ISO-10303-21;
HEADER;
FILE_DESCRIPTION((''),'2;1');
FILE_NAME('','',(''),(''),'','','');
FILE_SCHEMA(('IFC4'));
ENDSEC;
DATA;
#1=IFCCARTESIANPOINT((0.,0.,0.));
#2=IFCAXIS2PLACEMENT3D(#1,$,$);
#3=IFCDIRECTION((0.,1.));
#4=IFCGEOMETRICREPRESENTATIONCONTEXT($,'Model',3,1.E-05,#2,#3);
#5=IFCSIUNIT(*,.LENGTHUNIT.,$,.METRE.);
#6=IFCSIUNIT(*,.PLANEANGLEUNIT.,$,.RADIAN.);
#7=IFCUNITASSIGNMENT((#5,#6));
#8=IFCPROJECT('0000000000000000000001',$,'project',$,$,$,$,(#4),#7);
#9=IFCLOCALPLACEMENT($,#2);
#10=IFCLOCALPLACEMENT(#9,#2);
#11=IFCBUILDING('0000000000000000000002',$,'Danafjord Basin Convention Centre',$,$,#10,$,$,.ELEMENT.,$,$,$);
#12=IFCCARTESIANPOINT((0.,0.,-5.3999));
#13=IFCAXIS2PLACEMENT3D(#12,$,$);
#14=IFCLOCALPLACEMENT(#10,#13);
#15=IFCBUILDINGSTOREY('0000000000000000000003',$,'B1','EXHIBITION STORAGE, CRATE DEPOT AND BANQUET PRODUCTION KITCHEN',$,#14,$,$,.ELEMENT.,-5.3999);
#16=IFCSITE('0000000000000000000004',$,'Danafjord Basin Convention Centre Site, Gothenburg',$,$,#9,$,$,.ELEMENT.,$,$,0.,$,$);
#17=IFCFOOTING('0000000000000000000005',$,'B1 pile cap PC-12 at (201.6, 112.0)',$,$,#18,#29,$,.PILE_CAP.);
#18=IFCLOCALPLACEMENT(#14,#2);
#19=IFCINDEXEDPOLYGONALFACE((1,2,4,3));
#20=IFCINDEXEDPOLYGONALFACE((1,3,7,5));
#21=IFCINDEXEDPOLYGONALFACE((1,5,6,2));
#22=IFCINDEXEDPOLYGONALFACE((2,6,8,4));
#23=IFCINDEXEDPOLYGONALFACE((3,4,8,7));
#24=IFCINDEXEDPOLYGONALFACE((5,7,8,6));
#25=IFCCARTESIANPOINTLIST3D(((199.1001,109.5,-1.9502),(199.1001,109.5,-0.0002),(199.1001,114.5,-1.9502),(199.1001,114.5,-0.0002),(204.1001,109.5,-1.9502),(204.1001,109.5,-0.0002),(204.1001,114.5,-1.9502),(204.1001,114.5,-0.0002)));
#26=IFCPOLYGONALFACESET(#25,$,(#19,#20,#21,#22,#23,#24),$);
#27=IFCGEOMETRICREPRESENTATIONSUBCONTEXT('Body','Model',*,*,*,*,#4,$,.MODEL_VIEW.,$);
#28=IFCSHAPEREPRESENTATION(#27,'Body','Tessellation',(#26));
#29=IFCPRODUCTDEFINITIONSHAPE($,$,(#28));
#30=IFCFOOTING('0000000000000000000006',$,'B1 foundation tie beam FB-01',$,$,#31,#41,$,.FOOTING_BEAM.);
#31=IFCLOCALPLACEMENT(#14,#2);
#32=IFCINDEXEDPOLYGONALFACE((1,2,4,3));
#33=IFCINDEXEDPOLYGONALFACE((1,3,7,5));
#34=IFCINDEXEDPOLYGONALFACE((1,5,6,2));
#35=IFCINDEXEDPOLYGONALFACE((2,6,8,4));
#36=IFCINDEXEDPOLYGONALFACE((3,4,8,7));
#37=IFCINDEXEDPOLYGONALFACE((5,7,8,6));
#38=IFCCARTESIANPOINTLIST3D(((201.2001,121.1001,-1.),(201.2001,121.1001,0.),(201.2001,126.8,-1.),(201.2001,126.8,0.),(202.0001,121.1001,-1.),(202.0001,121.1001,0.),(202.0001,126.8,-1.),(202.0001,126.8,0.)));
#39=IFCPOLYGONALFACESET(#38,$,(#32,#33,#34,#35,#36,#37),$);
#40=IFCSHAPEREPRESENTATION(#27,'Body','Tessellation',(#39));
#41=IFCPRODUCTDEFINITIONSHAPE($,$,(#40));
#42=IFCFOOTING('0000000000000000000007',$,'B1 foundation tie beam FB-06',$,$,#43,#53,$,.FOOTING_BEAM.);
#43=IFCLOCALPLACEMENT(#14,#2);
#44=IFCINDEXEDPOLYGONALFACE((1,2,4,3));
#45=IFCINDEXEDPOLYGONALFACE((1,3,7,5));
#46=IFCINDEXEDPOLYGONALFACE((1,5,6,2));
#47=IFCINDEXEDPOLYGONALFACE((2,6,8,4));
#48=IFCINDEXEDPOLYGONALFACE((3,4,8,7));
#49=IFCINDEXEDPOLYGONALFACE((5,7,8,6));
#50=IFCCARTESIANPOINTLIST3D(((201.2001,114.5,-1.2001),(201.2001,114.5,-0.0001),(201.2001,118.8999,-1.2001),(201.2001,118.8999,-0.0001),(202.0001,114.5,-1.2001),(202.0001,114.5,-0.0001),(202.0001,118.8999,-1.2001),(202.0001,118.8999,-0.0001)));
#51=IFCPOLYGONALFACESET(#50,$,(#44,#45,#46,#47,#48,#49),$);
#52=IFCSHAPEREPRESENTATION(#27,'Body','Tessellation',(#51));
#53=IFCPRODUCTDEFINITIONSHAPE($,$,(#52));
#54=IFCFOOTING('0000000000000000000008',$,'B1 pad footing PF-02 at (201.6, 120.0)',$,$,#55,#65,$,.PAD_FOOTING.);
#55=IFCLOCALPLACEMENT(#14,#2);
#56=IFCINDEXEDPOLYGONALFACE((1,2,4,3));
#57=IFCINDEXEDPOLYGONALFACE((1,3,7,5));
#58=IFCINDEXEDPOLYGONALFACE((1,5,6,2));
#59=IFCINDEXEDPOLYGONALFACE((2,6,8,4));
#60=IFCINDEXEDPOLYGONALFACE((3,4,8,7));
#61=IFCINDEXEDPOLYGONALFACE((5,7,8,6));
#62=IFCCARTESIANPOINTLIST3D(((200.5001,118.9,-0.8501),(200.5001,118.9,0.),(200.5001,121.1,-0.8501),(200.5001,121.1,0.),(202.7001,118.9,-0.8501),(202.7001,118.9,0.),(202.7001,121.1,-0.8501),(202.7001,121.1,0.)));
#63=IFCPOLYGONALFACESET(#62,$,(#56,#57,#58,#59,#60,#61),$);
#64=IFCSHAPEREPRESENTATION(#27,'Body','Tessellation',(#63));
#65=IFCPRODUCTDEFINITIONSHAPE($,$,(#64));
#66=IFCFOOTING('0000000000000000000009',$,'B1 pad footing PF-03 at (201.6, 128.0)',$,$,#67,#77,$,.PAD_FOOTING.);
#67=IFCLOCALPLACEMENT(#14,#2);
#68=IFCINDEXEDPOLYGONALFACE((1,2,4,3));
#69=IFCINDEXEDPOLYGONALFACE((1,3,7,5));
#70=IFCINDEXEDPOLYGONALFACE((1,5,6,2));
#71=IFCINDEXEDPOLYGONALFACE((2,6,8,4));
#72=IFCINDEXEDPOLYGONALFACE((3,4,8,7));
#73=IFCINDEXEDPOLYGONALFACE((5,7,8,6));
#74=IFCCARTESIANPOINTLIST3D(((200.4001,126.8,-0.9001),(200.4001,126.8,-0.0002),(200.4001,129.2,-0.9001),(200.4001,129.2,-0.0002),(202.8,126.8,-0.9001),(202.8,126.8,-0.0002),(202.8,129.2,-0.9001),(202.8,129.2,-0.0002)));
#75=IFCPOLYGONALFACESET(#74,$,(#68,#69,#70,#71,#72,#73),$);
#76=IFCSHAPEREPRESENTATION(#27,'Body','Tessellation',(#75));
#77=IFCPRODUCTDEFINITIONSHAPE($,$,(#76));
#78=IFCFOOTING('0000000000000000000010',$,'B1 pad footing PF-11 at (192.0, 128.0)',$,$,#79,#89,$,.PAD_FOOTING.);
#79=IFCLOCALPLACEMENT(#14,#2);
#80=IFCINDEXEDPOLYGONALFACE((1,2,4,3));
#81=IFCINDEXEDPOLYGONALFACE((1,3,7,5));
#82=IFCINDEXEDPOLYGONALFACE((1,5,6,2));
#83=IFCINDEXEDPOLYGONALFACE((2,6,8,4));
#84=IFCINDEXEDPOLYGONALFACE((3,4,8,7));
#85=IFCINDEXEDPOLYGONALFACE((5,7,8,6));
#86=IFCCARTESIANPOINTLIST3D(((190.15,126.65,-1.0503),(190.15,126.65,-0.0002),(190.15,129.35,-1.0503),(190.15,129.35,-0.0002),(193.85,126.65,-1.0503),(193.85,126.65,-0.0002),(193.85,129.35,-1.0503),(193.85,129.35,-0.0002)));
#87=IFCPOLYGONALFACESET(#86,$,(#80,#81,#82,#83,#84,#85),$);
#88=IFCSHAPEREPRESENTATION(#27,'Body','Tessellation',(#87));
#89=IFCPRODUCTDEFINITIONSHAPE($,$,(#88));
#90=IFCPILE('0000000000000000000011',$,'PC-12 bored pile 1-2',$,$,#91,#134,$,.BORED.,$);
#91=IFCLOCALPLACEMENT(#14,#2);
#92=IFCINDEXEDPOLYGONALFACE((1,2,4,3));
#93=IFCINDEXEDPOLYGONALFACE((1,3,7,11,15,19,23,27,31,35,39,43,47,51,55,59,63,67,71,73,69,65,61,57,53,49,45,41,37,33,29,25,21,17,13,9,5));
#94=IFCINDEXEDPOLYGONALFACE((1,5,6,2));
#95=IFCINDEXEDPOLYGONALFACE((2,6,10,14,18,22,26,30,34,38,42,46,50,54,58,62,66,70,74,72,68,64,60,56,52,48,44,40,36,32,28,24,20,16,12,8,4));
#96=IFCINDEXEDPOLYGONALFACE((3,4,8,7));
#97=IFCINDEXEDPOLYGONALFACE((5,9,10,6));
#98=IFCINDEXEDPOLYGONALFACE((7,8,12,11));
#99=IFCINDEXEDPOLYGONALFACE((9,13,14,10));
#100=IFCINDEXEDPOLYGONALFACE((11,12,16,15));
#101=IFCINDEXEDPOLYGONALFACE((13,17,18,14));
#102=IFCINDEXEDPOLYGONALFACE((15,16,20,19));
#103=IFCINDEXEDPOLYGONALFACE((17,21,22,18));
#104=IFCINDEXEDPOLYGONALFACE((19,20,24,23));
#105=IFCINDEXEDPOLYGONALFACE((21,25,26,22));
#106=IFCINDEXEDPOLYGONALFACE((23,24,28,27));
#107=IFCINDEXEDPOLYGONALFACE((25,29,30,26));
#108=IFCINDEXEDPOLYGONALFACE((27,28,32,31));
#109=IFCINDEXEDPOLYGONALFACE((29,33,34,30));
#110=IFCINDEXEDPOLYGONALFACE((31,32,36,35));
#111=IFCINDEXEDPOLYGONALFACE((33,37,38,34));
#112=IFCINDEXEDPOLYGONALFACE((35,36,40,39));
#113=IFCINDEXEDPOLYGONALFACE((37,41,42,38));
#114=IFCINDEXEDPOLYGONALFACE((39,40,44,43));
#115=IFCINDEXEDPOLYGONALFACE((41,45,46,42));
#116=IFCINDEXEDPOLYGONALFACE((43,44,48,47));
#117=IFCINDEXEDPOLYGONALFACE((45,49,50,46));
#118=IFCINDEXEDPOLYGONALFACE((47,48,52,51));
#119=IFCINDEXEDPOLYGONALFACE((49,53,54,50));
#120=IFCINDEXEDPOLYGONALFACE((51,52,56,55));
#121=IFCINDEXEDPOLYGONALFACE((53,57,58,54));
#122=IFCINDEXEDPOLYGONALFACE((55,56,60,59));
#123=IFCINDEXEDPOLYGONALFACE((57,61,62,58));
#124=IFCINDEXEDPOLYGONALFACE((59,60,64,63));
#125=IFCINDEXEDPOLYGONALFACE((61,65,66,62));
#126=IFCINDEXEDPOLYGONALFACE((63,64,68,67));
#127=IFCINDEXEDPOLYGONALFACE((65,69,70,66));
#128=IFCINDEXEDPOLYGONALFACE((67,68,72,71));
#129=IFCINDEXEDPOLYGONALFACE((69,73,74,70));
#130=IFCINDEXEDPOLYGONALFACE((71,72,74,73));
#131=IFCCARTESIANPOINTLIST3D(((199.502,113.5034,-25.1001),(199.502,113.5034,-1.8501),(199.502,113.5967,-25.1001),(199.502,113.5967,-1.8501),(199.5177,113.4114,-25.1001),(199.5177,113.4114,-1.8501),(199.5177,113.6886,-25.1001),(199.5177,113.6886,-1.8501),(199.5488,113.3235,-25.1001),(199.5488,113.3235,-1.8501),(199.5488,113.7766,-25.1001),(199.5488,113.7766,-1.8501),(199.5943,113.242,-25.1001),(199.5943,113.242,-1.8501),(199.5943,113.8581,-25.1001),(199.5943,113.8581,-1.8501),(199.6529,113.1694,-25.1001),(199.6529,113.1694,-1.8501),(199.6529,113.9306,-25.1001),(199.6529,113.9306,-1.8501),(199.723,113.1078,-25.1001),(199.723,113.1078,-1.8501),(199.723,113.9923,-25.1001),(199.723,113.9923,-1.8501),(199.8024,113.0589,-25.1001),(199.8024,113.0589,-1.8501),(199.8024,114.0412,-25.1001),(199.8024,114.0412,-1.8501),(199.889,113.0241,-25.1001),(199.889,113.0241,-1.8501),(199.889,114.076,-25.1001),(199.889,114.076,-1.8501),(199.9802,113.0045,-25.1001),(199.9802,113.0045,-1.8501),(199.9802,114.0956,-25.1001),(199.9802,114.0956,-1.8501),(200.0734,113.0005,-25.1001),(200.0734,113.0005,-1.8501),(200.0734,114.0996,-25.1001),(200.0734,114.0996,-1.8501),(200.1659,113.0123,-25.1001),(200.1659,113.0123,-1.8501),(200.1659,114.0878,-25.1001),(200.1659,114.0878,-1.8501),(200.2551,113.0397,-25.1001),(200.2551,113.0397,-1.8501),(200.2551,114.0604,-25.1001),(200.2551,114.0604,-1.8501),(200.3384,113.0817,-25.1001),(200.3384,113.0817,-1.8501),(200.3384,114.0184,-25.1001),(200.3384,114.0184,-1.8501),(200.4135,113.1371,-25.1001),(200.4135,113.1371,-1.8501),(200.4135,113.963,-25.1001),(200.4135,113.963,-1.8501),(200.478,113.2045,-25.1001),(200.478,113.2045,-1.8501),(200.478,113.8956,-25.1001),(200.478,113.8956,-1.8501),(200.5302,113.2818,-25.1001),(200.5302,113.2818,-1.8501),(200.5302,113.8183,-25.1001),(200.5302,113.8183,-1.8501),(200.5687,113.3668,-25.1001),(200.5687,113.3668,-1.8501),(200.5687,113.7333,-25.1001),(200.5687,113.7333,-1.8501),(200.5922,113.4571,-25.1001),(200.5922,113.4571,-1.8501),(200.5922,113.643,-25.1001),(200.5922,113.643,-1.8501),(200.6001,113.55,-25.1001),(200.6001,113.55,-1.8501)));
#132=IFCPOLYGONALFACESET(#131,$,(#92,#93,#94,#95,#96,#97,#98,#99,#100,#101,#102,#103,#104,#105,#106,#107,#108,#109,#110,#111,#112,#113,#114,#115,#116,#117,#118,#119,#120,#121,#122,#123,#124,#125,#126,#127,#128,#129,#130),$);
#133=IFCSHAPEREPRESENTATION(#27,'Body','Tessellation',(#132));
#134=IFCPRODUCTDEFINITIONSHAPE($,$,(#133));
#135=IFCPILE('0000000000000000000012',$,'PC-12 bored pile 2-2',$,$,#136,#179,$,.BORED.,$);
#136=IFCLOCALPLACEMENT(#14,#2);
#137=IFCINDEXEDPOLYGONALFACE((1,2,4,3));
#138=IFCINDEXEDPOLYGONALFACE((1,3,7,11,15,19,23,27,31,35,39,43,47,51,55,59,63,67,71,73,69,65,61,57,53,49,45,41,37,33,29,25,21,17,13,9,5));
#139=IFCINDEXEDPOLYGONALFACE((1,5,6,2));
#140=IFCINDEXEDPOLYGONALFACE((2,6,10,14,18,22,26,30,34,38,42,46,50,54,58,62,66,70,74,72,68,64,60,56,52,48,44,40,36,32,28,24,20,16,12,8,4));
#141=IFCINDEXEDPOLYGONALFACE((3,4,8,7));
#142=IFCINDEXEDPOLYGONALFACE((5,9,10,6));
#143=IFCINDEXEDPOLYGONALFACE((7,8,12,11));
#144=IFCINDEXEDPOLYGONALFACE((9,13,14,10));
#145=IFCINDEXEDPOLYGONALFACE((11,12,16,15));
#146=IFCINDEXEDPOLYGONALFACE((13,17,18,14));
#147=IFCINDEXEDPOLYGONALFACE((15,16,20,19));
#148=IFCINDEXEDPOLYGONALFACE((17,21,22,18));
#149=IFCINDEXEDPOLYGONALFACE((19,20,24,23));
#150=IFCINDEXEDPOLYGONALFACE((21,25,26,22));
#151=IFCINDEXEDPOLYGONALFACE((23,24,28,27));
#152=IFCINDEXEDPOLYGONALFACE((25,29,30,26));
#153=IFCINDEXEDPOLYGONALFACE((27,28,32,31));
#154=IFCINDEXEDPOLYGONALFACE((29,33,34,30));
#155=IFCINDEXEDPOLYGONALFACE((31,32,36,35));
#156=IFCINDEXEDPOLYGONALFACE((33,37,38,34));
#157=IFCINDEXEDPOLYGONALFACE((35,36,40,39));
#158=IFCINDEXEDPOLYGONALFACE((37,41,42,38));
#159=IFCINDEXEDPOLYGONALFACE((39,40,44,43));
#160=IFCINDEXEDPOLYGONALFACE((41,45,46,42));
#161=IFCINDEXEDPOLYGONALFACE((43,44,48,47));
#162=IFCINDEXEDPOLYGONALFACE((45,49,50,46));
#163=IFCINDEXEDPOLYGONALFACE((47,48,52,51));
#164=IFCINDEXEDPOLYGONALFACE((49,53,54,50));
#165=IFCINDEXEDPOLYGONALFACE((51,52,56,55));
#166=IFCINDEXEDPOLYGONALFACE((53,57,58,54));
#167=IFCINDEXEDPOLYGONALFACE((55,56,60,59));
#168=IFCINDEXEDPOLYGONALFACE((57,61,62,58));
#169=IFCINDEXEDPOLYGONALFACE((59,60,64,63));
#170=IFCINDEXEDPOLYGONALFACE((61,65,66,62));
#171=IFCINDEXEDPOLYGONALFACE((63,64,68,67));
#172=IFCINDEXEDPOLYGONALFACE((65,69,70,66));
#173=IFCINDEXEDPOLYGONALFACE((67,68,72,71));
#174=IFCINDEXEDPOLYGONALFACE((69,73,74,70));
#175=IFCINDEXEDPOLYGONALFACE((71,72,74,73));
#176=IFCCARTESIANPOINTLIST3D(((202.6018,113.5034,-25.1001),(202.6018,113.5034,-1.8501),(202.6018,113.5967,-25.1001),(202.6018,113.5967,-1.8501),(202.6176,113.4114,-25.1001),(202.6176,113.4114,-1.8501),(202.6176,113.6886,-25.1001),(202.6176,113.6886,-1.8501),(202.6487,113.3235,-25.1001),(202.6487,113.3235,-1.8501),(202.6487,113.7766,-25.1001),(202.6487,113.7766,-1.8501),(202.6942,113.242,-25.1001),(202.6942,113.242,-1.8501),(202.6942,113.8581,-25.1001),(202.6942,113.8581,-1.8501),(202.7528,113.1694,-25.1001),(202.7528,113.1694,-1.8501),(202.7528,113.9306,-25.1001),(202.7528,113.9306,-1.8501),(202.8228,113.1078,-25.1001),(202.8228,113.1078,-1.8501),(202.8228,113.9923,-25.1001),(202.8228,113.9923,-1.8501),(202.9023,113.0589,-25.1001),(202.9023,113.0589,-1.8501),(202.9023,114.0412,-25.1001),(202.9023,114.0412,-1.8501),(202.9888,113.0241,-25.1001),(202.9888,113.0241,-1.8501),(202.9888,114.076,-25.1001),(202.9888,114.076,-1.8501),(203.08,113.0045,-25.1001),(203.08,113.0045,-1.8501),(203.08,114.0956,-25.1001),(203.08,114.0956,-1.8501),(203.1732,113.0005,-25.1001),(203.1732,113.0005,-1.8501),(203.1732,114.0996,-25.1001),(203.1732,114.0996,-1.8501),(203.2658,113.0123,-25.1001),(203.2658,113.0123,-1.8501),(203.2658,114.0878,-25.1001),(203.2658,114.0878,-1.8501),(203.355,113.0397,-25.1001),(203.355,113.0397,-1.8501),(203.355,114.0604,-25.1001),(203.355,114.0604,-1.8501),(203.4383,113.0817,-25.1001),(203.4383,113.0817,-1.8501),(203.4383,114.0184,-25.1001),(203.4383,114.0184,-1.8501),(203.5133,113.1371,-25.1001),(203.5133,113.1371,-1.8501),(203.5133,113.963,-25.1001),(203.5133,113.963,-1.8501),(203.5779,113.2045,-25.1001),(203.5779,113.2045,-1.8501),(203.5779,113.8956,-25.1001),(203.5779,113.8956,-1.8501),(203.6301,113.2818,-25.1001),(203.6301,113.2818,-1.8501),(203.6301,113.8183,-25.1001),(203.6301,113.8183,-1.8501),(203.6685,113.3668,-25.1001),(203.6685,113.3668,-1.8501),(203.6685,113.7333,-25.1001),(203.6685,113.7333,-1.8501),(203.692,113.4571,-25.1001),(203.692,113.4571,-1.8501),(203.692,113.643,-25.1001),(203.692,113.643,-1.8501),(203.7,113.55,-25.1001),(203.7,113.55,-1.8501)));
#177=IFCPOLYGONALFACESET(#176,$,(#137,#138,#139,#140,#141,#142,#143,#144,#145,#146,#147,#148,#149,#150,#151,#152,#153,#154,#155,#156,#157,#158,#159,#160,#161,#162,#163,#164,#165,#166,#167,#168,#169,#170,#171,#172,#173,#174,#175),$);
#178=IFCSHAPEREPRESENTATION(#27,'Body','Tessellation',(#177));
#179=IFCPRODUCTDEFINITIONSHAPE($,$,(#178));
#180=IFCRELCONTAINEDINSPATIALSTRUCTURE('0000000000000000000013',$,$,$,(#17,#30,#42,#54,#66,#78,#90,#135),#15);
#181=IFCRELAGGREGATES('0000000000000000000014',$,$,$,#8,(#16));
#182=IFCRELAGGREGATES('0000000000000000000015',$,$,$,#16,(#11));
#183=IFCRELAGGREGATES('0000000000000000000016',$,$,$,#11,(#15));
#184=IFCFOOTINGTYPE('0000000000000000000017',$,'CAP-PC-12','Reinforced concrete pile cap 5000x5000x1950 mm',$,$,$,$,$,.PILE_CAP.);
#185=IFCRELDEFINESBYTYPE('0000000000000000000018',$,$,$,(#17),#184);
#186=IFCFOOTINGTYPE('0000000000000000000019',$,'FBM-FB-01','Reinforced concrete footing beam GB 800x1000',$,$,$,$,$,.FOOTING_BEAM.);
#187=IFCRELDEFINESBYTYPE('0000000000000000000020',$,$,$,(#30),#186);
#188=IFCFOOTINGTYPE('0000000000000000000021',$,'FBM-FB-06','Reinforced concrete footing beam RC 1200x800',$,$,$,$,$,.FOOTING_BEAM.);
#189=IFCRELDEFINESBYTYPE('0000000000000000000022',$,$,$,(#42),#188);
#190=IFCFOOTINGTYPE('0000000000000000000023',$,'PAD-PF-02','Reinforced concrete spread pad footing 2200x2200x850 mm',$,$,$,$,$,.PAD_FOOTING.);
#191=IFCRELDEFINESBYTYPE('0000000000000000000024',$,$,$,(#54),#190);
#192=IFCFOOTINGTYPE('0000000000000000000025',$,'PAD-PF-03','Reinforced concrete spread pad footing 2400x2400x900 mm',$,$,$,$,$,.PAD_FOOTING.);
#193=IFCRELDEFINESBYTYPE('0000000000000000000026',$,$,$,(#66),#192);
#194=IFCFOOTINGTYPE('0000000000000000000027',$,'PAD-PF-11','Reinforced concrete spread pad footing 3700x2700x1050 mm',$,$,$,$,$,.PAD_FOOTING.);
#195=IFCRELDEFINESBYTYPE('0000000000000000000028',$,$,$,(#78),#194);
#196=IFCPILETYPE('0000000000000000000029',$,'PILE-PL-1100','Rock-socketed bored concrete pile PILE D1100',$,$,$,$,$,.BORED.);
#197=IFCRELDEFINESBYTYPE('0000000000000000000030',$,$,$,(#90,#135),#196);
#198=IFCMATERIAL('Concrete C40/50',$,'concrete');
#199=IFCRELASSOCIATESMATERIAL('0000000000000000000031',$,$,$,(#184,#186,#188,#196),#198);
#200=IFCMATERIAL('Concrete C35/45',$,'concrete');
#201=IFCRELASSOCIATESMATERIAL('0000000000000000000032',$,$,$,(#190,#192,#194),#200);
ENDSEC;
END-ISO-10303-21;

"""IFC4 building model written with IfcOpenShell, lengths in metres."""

from ifc_helpers import new_model, si_unit, direction, frame, origin, origin_2d, place, context, subcontext, project, spatial, rectangle, circle, extrude, material, material_profile, profile_set, type_object, element, save


model = new_model("IFC4")

# Units and contexts
model_context = context("Model", 3, precision=1e-05, world=origin(), true_north=direction((0.0, 1.0)))
body_context = subcontext(model_context, "Body", "Model", "MODEL_VIEW")
ifc_project = project(units=[si_unit("LENGTHUNIT", "METRE"), si_unit("PLANEANGLEUNIT", "RADIAN")], contexts=[model_context])

# Site, building, storey
site_placement = place(None, origin())
site = spatial("IfcSite", under=ifc_project, at=site_placement, Name="Danafjord Basin Convention Centre Site, Gothenburg", CompositionType="ELEMENT", RefElevation=0.0)
building_placement = place(site_placement, origin())
building = spatial("IfcBuilding", under=site, at=building_placement, Name="Danafjord Basin Convention Centre", CompositionType="ELEMENT")
storey_placement = place(building_placement, frame((0.0, 0.0, -5.3999)))
storey = spatial("IfcBuildingStorey", under=building, at=storey_placement, Name="B1", Description="EXHIBITION STORAGE, CRATE DEPOT AND BANQUET PRODUCTION KITCHEN", CompositionType="ELEMENT", Elevation=-5.3999)

# Footings
ifc_material_1 = material(Name="Concrete C40/50", Category="concrete")
footing_type_1 = type_object("IfcFootingType", Name="CAP-PC-12", Description="Reinforced concrete pile cap 5000x5000x1950 mm", PredefinedType="PILE_CAP", material=ifc_material_1)
footing_1_placement = place(storey_placement, frame((201.6001, 112.0, -1.9502), z_axis=(0.0, 0.0, 1.0), x_axis=(1.0, 0.0, 0.0)))
element("IfcFooting", 1, at=footing_1_placement, inside=storey, type_object=footing_type_1, Name="B1 pile cap PC-12 at (201.6, 112.0)", PredefinedType="PILE_CAP", context=body_context, shape_type="SweptSolid", body=[
    extrude(rectangle(XDim=5.0, YDim=5.0, at=origin_2d()), origin(), (0.0, 0.0, 1.0), 1.95),
])
ifc_material_profile_1 = material_profile(ifc_material_1, rectangle(XDim=0.8, YDim=1.0, at=origin_2d()), Name="GB 800x1000")
ifc_profile_set_1 = profile_set([ifc_material_profile_1], Name="Concrete C40/50")
footing_type_2 = type_object("IfcFootingType", Name="FBM-FB-01", Description="Reinforced concrete footing beam GB 800x1000", PredefinedType="FOOTING_BEAM", material=ifc_profile_set_1)
footing_2_placement = place(storey_placement, frame((201.6001, 121.1001, -0.5), z_axis=(0.0, 1.0, 0.0), x_axis=(-1.0, 0.0, 0.0)))
element("IfcFooting", 2, at=footing_2_placement, inside=storey, type_object=footing_type_2, Name="B1 foundation tie beam FB-01", PredefinedType="FOOTING_BEAM", context=body_context, shape_type="SweptSolid", body=[
    extrude(rectangle(XDim=0.8, YDim=1.0, at=origin_2d()), origin(), (0.0, 0.0, 1.0), 5.7),
])
ifc_material_profile_2 = material_profile(ifc_material_1, rectangle(XDim=0.8, YDim=1.2, at=origin_2d()), Name="RC 1200x800")
ifc_profile_set_2 = profile_set([ifc_material_profile_2], Name="Concrete C40/50")
footing_type_3 = type_object("IfcFootingType", Name="FBM-FB-06", Description="Reinforced concrete footing beam RC 1200x800", PredefinedType="FOOTING_BEAM", material=ifc_profile_set_2)
footing_3_placement = place(storey_placement, frame((201.6001, 114.5, -0.6001), z_axis=(0.0, 1.0, 0.0), x_axis=(-1.0, 0.0, 0.0)))
element("IfcFooting", 3, at=footing_3_placement, inside=storey, type_object=footing_type_3, Name="B1 foundation tie beam FB-06", PredefinedType="FOOTING_BEAM", context=body_context, shape_type="SweptSolid", body=[
    extrude(rectangle(XDim=0.8, YDim=1.2, at=origin_2d()), origin(), (0.0, 0.0, 1.0), 4.3999),
])
ifc_material_2 = material(Name="Concrete C35/45", Category="concrete")
footing_type_4 = type_object("IfcFootingType", Name="PAD-PF-02", Description="Reinforced concrete spread pad footing 2200x2200x850 mm", PredefinedType="PAD_FOOTING", material=ifc_material_2)
footing_4_placement = place(storey_placement, frame((201.6001, 120.0, -0.8501), z_axis=(0.0, 0.0, 1.0), x_axis=(1.0, 0.0, 0.0)))
element("IfcFooting", 4, at=footing_4_placement, inside=storey, type_object=footing_type_4, Name="B1 pad footing PF-02 at (201.6, 120.0)", PredefinedType="PAD_FOOTING", context=body_context, shape_type="SweptSolid", body=[
    extrude(rectangle(XDim=2.2, YDim=2.2, at=origin_2d()), origin(), (0.0, 0.0, 1.0), 0.8501),
])
footing_type_5 = type_object("IfcFootingType", Name="PAD-PF-03", Description="Reinforced concrete spread pad footing 2400x2400x900 mm", PredefinedType="PAD_FOOTING", material=ifc_material_2)
footing_5_placement = place(storey_placement, frame((201.6001, 128.0, -0.9001), z_axis=(0.0, 0.0, 1.0), x_axis=(1.0, 0.0, 0.0)))
element("IfcFooting", 5, at=footing_5_placement, inside=storey, type_object=footing_type_5, Name="B1 pad footing PF-03 at (201.6, 128.0)", PredefinedType="PAD_FOOTING", context=body_context, shape_type="SweptSolid", body=[
    extrude(rectangle(XDim=2.3999, YDim=2.3999, at=origin_2d()), origin(), (0.0, 0.0, 1.0), 0.8999),
])
footing_type_6 = type_object("IfcFootingType", Name="PAD-PF-11", Description="Reinforced concrete spread pad footing 3700x2700x1050 mm", PredefinedType="PAD_FOOTING", material=ifc_material_2)
footing_6_placement = place(storey_placement, frame((192.0, 128.0, -1.0503), z_axis=(0.0, 0.0, 1.0), x_axis=(1.0, 0.0, 0.0)))
element("IfcFooting", 6, at=footing_6_placement, inside=storey, type_object=footing_type_6, Name="B1 pad footing PF-11 at (192.0, 128.0)", PredefinedType="PAD_FOOTING", context=body_context, shape_type="SweptSolid", body=[
    extrude(rectangle(XDim=3.7, YDim=2.7, at=origin_2d()), origin(), (0.0, 0.0, 1.0), 1.05),
])

# Piles
ifc_material_profile_3 = material_profile(ifc_material_1, circle(Radius=0.55, at=origin_2d()), Name="PILE D1100")
ifc_profile_set_3 = profile_set([ifc_material_profile_3], Name="Concrete C40/50")
pile_type_1 = type_object("IfcPileType", Name="PILE-PL-1100", Description="Rock-socketed bored concrete pile PILE D1100", PredefinedType="BORED", material=ifc_profile_set_3)
for number, where, z_axis, x_axis, name in (
    (7, (200.05, 113.55, -1.8501), (0.0, 0.0, -1.0), (1.0, 0.0, 0.0), "PC-12 bored pile 1-2"),
    (8, (203.1499, 113.55, -1.8501), (0.0, 0.0, -1.0), (1.0, 0.0, 0.0), "PC-12 bored pile 2-2"),
):
    element("IfcPile", number, at=place(storey_placement, frame(where, z_axis=z_axis, x_axis=x_axis)), inside=storey, type_object=pile_type_1, Name=name, PredefinedType="BORED", context=body_context, shape_type="SweptSolid", body=[
        extrude(circle(Radius=0.55, at=origin_2d()), origin(), (0.0, 0.0, 1.0), 23.25),
    ])

save(model, "model.ifc")
